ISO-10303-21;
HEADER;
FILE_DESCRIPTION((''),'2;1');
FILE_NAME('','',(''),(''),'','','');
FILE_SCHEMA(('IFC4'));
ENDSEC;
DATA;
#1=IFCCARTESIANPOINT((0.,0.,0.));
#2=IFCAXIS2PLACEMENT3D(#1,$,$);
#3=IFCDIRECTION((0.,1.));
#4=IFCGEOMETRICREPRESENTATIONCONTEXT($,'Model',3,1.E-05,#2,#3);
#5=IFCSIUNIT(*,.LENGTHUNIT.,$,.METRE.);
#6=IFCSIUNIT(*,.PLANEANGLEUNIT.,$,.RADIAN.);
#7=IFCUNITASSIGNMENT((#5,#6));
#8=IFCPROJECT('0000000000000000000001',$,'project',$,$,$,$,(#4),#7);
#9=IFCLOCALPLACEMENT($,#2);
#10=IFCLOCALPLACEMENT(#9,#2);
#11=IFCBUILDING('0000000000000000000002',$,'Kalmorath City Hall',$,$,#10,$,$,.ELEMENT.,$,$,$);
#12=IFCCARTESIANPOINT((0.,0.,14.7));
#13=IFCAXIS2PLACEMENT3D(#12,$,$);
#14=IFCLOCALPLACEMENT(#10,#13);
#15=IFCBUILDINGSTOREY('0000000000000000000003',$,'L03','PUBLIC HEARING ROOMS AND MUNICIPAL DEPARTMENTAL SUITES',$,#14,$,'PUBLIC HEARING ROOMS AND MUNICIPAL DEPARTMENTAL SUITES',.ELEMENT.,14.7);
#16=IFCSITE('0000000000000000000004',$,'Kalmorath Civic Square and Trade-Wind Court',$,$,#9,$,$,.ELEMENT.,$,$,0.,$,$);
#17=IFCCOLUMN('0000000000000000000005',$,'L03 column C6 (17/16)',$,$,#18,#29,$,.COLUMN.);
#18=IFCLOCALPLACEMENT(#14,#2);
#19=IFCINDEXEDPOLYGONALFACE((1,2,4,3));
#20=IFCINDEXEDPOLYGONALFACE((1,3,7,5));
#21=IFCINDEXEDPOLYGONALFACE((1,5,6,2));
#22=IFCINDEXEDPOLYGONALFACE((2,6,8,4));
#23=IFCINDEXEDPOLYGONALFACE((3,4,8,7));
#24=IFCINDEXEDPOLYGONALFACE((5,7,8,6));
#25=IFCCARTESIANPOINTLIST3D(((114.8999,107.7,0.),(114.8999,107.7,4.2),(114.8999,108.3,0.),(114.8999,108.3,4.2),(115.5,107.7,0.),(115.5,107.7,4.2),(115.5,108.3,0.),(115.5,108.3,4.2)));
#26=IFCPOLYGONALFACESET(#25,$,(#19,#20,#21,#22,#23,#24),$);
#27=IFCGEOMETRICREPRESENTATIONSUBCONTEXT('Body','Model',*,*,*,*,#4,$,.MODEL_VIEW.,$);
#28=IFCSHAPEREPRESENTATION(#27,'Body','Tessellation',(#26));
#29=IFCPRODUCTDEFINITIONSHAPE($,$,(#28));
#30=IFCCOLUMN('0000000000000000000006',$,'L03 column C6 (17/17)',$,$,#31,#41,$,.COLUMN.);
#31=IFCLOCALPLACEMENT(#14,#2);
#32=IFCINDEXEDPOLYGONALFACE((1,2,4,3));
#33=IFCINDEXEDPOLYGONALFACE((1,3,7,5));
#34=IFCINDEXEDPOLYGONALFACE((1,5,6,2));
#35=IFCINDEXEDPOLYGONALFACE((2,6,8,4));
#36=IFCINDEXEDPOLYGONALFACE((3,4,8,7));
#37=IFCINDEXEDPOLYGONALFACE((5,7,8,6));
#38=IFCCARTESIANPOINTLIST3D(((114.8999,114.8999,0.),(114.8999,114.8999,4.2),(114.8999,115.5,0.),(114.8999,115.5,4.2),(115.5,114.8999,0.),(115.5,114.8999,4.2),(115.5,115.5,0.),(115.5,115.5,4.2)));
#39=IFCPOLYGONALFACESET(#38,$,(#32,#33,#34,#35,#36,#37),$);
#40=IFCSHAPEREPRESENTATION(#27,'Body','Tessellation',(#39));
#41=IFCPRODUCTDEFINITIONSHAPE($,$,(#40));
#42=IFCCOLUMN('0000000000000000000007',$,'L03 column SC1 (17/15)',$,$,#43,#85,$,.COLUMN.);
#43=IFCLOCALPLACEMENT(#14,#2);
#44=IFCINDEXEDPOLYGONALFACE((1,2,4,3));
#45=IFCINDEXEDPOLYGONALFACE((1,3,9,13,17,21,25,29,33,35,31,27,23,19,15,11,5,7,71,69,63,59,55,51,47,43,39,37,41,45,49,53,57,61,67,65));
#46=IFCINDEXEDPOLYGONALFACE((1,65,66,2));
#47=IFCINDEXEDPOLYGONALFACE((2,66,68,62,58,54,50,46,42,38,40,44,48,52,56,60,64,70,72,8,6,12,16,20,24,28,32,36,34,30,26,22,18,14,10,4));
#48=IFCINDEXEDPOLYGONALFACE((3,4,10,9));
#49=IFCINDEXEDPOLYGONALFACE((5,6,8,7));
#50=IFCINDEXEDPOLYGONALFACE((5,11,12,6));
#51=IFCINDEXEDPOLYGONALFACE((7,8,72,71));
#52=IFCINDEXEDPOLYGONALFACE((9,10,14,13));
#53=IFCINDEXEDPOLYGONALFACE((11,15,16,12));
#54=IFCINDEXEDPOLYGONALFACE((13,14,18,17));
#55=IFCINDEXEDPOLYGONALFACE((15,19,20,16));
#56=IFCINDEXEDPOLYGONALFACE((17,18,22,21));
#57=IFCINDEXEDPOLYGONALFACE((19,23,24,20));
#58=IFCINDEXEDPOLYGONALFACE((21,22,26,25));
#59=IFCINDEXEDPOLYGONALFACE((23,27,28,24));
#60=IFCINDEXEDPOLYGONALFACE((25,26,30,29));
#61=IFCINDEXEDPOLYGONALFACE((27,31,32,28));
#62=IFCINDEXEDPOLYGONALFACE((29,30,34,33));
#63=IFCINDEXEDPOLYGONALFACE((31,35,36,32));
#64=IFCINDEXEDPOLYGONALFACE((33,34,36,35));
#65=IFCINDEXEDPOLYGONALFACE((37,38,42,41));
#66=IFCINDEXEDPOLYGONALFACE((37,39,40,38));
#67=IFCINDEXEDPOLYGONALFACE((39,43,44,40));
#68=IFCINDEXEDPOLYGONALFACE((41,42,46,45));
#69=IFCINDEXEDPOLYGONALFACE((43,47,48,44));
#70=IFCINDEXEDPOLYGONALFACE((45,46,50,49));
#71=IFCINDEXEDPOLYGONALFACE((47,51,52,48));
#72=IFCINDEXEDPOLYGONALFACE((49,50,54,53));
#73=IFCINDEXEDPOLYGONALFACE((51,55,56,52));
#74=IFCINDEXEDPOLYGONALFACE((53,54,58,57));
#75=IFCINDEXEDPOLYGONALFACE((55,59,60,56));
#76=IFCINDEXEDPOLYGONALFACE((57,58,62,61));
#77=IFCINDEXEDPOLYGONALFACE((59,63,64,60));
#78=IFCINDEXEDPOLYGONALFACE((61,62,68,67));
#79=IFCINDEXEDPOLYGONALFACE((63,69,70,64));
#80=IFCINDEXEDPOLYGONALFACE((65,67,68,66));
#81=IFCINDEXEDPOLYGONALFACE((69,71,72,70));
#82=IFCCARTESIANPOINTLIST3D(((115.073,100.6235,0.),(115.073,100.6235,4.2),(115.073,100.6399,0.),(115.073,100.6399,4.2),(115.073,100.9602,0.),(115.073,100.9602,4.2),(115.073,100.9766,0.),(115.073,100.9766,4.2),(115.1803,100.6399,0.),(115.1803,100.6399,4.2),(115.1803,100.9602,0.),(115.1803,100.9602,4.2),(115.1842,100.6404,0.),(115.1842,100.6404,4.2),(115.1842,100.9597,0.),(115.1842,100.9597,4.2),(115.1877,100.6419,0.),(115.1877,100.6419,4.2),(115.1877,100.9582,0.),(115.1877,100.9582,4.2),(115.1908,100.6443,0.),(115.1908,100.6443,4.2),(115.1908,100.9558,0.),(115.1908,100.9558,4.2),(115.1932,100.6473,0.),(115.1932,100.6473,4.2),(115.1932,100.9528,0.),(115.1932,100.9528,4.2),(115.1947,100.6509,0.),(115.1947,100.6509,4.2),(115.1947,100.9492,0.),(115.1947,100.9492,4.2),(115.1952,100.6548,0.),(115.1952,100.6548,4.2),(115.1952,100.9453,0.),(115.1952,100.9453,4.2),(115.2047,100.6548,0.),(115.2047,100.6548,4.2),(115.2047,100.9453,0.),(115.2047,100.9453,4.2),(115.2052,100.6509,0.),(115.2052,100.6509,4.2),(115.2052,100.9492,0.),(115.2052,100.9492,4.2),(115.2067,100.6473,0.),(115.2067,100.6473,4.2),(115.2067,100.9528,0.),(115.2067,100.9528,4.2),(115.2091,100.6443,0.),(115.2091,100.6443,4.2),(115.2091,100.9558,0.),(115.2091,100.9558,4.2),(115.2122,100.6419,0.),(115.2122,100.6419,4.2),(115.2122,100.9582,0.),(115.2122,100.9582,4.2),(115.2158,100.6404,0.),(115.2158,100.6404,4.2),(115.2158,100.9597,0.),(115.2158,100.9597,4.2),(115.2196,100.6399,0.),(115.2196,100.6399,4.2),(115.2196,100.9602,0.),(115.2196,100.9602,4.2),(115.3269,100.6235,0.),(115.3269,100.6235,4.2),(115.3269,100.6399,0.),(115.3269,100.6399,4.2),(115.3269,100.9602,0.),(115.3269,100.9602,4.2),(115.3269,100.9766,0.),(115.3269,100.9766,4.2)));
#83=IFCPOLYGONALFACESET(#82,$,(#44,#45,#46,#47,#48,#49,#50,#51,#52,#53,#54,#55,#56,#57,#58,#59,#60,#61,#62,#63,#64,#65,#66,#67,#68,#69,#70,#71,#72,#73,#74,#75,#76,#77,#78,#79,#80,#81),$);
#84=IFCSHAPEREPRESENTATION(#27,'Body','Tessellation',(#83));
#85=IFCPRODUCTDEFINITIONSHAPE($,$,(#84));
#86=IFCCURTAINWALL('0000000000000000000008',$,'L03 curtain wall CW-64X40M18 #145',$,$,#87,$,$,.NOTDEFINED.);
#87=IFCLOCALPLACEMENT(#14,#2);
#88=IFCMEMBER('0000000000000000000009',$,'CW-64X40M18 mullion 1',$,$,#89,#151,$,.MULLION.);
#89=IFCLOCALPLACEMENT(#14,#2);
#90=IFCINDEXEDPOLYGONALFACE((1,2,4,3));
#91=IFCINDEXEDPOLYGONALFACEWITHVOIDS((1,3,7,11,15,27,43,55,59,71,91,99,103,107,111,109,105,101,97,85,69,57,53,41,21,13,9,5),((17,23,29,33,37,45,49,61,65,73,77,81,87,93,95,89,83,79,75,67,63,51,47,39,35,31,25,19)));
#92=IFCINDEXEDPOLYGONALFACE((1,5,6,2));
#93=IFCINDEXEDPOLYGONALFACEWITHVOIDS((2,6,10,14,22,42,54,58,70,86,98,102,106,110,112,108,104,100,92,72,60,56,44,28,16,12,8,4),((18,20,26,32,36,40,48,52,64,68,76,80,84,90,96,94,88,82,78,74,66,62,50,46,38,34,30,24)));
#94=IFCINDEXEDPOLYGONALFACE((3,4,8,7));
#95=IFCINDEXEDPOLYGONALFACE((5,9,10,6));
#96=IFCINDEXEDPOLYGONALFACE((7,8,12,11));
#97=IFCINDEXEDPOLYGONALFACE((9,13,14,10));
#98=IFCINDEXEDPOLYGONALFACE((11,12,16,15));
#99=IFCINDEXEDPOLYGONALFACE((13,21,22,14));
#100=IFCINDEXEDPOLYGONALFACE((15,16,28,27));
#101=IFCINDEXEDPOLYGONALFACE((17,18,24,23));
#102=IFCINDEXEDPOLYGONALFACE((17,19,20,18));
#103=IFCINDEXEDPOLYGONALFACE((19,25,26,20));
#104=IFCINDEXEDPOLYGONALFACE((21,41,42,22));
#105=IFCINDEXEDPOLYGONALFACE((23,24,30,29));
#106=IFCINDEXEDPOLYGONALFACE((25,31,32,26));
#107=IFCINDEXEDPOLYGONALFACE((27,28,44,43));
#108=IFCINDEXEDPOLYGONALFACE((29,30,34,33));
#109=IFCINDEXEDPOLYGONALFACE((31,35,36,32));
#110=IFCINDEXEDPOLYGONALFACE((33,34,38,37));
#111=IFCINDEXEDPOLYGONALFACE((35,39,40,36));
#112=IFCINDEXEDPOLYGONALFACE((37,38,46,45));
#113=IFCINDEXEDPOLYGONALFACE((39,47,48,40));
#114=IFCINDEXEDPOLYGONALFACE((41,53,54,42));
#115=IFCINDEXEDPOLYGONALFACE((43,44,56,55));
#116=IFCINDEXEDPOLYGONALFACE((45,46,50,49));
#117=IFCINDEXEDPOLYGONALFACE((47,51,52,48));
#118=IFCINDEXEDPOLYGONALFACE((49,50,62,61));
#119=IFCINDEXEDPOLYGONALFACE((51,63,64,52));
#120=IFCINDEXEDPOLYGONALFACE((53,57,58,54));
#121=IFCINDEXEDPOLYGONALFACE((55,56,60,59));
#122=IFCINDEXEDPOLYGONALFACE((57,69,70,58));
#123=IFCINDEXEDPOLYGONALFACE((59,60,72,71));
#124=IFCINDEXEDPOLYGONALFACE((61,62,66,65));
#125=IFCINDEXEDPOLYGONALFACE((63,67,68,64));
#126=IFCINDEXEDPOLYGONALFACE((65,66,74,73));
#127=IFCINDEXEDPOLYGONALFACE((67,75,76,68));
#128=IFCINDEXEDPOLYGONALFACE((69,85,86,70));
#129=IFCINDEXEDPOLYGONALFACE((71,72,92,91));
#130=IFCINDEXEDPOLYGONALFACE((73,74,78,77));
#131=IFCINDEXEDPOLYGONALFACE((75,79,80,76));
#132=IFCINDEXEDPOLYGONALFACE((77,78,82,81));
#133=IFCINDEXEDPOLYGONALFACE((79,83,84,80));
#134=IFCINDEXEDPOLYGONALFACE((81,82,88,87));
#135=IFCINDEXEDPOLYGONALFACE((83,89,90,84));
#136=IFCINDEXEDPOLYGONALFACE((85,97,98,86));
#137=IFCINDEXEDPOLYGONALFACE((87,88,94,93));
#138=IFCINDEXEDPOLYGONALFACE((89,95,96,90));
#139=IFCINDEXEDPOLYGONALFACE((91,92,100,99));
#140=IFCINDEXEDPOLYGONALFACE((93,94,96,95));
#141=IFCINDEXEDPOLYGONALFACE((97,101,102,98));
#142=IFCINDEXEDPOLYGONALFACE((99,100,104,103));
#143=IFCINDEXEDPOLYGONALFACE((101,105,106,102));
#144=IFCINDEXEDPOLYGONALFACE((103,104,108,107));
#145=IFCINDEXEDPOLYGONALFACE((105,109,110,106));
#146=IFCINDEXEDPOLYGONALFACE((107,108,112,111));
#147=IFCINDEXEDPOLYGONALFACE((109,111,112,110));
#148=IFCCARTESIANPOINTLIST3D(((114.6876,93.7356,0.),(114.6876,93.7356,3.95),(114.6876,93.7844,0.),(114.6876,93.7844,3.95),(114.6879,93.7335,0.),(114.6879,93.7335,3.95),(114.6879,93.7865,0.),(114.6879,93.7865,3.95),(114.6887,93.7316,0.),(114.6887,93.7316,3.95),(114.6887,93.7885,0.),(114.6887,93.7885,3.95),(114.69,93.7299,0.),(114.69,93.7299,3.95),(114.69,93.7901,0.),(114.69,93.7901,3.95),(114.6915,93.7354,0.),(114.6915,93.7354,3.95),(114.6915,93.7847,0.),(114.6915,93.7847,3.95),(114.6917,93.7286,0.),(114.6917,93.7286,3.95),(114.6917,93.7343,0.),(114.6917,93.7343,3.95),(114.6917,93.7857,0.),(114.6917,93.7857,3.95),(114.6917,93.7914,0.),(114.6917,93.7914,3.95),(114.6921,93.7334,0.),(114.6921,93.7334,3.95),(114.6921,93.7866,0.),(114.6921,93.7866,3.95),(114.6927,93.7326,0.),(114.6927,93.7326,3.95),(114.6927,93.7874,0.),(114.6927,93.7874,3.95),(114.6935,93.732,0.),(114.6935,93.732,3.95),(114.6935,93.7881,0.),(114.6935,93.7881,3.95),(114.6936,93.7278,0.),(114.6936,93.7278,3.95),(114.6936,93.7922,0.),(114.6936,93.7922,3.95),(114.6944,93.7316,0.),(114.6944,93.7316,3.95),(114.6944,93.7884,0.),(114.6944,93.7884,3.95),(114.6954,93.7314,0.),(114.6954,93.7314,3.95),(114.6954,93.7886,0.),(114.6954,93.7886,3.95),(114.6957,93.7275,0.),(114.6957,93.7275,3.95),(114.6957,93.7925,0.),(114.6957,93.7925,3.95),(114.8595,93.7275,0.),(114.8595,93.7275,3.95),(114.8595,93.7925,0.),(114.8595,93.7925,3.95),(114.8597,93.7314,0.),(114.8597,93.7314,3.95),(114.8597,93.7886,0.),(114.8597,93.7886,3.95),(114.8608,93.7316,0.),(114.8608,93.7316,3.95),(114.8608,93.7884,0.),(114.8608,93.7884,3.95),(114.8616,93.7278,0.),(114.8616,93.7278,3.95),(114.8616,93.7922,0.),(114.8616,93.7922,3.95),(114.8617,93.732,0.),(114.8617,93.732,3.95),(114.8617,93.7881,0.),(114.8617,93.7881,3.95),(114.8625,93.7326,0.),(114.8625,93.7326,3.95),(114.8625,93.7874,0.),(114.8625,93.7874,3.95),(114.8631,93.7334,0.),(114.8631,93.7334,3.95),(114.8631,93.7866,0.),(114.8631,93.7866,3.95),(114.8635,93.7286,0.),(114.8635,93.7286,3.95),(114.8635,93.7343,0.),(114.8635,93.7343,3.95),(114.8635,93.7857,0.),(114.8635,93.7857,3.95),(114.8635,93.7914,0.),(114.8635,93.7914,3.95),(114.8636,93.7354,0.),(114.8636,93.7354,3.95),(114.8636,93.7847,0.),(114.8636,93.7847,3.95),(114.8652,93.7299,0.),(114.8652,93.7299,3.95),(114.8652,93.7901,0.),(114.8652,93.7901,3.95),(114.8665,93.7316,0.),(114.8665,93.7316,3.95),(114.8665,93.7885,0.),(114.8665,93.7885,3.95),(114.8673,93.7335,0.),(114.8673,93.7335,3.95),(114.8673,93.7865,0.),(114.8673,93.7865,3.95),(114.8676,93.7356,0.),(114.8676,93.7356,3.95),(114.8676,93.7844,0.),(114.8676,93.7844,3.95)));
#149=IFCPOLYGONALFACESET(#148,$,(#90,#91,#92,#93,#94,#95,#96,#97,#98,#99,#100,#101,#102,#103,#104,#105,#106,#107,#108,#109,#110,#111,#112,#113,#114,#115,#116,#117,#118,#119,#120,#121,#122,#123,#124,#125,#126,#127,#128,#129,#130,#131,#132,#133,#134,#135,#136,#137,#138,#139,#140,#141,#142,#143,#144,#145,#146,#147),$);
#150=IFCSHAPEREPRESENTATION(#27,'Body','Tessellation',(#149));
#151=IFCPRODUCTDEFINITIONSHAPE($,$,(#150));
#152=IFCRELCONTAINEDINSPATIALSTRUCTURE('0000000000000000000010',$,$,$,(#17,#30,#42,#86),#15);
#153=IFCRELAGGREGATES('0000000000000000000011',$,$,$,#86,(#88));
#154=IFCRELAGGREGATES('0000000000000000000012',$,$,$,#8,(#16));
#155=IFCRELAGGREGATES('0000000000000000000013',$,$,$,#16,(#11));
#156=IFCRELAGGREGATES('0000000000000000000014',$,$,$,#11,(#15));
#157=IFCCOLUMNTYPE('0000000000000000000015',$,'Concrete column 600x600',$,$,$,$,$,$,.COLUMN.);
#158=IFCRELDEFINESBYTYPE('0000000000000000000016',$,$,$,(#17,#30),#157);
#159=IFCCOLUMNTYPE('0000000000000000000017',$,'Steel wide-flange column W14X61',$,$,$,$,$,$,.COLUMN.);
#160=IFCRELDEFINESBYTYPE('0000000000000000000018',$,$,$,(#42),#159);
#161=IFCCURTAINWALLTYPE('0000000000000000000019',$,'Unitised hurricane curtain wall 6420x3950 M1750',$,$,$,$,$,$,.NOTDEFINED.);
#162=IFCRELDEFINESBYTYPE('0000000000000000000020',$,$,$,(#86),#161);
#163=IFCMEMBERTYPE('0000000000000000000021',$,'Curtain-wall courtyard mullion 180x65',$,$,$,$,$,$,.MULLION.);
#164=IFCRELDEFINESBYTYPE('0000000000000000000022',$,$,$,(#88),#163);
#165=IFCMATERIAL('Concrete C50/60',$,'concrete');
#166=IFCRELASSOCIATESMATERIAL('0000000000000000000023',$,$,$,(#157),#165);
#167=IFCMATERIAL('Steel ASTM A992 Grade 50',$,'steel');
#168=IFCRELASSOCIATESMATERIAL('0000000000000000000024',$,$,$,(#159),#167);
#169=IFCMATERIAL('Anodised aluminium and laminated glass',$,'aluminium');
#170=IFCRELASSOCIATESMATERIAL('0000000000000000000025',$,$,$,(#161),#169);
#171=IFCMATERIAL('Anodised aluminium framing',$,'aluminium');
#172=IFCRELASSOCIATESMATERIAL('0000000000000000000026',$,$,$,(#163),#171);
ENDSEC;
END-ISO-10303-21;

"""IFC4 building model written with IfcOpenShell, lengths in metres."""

from ifc_helpers import new_model, si_unit, direction, frame, origin, origin_2d, place, context, subcontext, project, spatial, rectangle, hollow_rectangle, i_section, extrude, material, material_profile, profile_set, type_object, element, aggregate, save


model = new_model("IFC4")

# Units and contexts
model_context = context("Model", 3, precision=1e-05, world=origin(), true_north=direction((0.0, 1.0)))
body_context = subcontext(model_context, "Body", "Model", "MODEL_VIEW")
ifc_project = project(units=[si_unit("LENGTHUNIT", "METRE"), si_unit("PLANEANGLEUNIT", "RADIAN")], contexts=[model_context])

# Site, building, storey
site_placement = place(None, origin())
site = spatial("IfcSite", under=ifc_project, at=site_placement, Name="Kalmorath Civic Square and Trade-Wind Court", CompositionType="ELEMENT", RefElevation=0.0)
building_placement = place(site_placement, origin())
building = spatial("IfcBuilding", under=site, at=building_placement, Name="Kalmorath City Hall", CompositionType="ELEMENT")
storey_placement = place(building_placement, frame((0.0, 0.0, 14.7)))
storey = spatial("IfcBuildingStorey", under=building, at=storey_placement, Name="L03", Description="PUBLIC HEARING ROOMS AND MUNICIPAL DEPARTMENTAL SUITES", LongName="PUBLIC HEARING ROOMS AND MUNICIPAL DEPARTMENTAL SUITES", CompositionType="ELEMENT", Elevation=14.7)

# Columns
ifc_material_1 = material(Name="Concrete C50/60", Category="concrete")
ifc_material_profile_1 = material_profile(ifc_material_1, rectangle(XDim=0.6001, YDim=0.6001, at=origin_2d()), Name="RC-COL-600X600")
ifc_profile_set_1 = profile_set([ifc_material_profile_1], Name="Concrete C50/60")
column_type_1 = type_object("IfcColumnType", Name="Concrete column 600x600", PredefinedType="COLUMN", material=ifc_profile_set_1)
for number, where, z_axis, x_axis, name in (
    (1, (115.2, 108.0, 0.0), (0.0, 0.0, 1.0), (1.0, 0.0, 0.0), "L03 column C6 (17/16)"),
    (2, (115.2, 115.2, 0.0), (0.0, 0.0, 1.0), (1.0, 0.0, 0.0), "L03 column C6 (17/17)"),
):
    element("IfcColumn", number, at=place(storey_placement, frame(where, z_axis=z_axis, x_axis=x_axis)), inside=storey, type_object=column_type_1, Name=name, PredefinedType="COLUMN", context=body_context, shape_type="SweptSolid", body=[
        extrude(rectangle(XDim=0.6001, YDim=0.6001, at=origin_2d()), origin(), (0.0, 0.0, 1.0), 4.2),
    ])
ifc_material_2 = material(Name="Steel ASTM A992 Grade 50", Category="steel")
ifc_material_profile_2 = material_profile(ifc_material_2, i_section(OverallWidth=0.2539, OverallDepth=0.353, WebThickness=0.0095, FlangeThickness=0.0164, FilletRadius=0.0149, at=origin_2d()), Name="W14X61")
ifc_profile_set_2 = profile_set([ifc_material_profile_2], Name="Steel ASTM A992 Grade 50")
column_type_2 = type_object("IfcColumnType", Name="Steel wide-flange column W14X61", PredefinedType="COLUMN", material=ifc_profile_set_2)
column_placement = place(storey_placement, frame((115.2, 100.8, 0.0), z_axis=(0.0, 0.0, 1.0), x_axis=(1.0, 0.0, 0.0)))
element("IfcColumn", 3, at=column_placement, inside=storey, type_object=column_type_2, Name="L03 column SC1 (17/15)", PredefinedType="COLUMN", context=body_context, shape_type="SweptSolid", body=[
    extrude(i_section(OverallWidth=0.2539, OverallDepth=0.353, WebThickness=0.0095, FlangeThickness=0.0164, FilletRadius=0.0149, at=origin_2d()), origin(), (0.0, 0.0, 1.0), 4.2),
])

# Curtain wall, member
ifc_material_3 = material(Name="Anodised aluminium and laminated glass", Category="aluminium")
curtain_wall_type = type_object("IfcCurtainWallType", Name="Unitised hurricane curtain wall 6420x3950 M1750", PredefinedType="NOTDEFINED", material=ifc_material_3)
curtain_wall_placement = place(storey_placement, origin())
curtain_wall = element("IfcCurtainWall", 4, at=curtain_wall_placement, inside=storey, type_object=curtain_wall_type, Name="L03 curtain wall CW-64X40M18 #145", PredefinedType="NOTDEFINED")
ifc_material_4 = material(Name="Anodised aluminium framing", Category="aluminium")
ifc_material_profile_3 = material_profile(ifc_material_4, hollow_rectangle(XDim=0.0649, YDim=0.1799, WallThickness=0.0039, InnerFilletRadius=0.0039, OuterFilletRadius=0.0081, at=origin_2d()), Name="ALU-MUL-180X65X4")
ifc_profile_set_3 = profile_set([ifc_material_profile_3], Name="Anodised aluminium framing")
member_type_1 = type_object("IfcMemberType", Name="Curtain-wall courtyard mullion 180x65", PredefinedType="MULLION", material=ifc_profile_set_3)
member_1_placement = place(storey_placement, frame((114.7776, 93.76, 0.0), z_axis=(0.0, 0.0, 1.0), x_axis=(0.0, -1.0, 0.0)))
member_1 = element("IfcMember", 5, at=member_1_placement, type_object=member_type_1, Name="CW-64X40M18 mullion 1", PredefinedType="MULLION", context=body_context, shape_type="SweptSolid", body=[
    extrude(hollow_rectangle(XDim=0.0649, YDim=0.1799, WallThickness=0.0039, InnerFilletRadius=0.0039, OuterFilletRadius=0.0081, at=origin_2d()), origin(), (0.0, 0.0, 1.0), 3.95),
])

aggregate(curtain_wall, [member_1])

save(model, "model.ifc")
